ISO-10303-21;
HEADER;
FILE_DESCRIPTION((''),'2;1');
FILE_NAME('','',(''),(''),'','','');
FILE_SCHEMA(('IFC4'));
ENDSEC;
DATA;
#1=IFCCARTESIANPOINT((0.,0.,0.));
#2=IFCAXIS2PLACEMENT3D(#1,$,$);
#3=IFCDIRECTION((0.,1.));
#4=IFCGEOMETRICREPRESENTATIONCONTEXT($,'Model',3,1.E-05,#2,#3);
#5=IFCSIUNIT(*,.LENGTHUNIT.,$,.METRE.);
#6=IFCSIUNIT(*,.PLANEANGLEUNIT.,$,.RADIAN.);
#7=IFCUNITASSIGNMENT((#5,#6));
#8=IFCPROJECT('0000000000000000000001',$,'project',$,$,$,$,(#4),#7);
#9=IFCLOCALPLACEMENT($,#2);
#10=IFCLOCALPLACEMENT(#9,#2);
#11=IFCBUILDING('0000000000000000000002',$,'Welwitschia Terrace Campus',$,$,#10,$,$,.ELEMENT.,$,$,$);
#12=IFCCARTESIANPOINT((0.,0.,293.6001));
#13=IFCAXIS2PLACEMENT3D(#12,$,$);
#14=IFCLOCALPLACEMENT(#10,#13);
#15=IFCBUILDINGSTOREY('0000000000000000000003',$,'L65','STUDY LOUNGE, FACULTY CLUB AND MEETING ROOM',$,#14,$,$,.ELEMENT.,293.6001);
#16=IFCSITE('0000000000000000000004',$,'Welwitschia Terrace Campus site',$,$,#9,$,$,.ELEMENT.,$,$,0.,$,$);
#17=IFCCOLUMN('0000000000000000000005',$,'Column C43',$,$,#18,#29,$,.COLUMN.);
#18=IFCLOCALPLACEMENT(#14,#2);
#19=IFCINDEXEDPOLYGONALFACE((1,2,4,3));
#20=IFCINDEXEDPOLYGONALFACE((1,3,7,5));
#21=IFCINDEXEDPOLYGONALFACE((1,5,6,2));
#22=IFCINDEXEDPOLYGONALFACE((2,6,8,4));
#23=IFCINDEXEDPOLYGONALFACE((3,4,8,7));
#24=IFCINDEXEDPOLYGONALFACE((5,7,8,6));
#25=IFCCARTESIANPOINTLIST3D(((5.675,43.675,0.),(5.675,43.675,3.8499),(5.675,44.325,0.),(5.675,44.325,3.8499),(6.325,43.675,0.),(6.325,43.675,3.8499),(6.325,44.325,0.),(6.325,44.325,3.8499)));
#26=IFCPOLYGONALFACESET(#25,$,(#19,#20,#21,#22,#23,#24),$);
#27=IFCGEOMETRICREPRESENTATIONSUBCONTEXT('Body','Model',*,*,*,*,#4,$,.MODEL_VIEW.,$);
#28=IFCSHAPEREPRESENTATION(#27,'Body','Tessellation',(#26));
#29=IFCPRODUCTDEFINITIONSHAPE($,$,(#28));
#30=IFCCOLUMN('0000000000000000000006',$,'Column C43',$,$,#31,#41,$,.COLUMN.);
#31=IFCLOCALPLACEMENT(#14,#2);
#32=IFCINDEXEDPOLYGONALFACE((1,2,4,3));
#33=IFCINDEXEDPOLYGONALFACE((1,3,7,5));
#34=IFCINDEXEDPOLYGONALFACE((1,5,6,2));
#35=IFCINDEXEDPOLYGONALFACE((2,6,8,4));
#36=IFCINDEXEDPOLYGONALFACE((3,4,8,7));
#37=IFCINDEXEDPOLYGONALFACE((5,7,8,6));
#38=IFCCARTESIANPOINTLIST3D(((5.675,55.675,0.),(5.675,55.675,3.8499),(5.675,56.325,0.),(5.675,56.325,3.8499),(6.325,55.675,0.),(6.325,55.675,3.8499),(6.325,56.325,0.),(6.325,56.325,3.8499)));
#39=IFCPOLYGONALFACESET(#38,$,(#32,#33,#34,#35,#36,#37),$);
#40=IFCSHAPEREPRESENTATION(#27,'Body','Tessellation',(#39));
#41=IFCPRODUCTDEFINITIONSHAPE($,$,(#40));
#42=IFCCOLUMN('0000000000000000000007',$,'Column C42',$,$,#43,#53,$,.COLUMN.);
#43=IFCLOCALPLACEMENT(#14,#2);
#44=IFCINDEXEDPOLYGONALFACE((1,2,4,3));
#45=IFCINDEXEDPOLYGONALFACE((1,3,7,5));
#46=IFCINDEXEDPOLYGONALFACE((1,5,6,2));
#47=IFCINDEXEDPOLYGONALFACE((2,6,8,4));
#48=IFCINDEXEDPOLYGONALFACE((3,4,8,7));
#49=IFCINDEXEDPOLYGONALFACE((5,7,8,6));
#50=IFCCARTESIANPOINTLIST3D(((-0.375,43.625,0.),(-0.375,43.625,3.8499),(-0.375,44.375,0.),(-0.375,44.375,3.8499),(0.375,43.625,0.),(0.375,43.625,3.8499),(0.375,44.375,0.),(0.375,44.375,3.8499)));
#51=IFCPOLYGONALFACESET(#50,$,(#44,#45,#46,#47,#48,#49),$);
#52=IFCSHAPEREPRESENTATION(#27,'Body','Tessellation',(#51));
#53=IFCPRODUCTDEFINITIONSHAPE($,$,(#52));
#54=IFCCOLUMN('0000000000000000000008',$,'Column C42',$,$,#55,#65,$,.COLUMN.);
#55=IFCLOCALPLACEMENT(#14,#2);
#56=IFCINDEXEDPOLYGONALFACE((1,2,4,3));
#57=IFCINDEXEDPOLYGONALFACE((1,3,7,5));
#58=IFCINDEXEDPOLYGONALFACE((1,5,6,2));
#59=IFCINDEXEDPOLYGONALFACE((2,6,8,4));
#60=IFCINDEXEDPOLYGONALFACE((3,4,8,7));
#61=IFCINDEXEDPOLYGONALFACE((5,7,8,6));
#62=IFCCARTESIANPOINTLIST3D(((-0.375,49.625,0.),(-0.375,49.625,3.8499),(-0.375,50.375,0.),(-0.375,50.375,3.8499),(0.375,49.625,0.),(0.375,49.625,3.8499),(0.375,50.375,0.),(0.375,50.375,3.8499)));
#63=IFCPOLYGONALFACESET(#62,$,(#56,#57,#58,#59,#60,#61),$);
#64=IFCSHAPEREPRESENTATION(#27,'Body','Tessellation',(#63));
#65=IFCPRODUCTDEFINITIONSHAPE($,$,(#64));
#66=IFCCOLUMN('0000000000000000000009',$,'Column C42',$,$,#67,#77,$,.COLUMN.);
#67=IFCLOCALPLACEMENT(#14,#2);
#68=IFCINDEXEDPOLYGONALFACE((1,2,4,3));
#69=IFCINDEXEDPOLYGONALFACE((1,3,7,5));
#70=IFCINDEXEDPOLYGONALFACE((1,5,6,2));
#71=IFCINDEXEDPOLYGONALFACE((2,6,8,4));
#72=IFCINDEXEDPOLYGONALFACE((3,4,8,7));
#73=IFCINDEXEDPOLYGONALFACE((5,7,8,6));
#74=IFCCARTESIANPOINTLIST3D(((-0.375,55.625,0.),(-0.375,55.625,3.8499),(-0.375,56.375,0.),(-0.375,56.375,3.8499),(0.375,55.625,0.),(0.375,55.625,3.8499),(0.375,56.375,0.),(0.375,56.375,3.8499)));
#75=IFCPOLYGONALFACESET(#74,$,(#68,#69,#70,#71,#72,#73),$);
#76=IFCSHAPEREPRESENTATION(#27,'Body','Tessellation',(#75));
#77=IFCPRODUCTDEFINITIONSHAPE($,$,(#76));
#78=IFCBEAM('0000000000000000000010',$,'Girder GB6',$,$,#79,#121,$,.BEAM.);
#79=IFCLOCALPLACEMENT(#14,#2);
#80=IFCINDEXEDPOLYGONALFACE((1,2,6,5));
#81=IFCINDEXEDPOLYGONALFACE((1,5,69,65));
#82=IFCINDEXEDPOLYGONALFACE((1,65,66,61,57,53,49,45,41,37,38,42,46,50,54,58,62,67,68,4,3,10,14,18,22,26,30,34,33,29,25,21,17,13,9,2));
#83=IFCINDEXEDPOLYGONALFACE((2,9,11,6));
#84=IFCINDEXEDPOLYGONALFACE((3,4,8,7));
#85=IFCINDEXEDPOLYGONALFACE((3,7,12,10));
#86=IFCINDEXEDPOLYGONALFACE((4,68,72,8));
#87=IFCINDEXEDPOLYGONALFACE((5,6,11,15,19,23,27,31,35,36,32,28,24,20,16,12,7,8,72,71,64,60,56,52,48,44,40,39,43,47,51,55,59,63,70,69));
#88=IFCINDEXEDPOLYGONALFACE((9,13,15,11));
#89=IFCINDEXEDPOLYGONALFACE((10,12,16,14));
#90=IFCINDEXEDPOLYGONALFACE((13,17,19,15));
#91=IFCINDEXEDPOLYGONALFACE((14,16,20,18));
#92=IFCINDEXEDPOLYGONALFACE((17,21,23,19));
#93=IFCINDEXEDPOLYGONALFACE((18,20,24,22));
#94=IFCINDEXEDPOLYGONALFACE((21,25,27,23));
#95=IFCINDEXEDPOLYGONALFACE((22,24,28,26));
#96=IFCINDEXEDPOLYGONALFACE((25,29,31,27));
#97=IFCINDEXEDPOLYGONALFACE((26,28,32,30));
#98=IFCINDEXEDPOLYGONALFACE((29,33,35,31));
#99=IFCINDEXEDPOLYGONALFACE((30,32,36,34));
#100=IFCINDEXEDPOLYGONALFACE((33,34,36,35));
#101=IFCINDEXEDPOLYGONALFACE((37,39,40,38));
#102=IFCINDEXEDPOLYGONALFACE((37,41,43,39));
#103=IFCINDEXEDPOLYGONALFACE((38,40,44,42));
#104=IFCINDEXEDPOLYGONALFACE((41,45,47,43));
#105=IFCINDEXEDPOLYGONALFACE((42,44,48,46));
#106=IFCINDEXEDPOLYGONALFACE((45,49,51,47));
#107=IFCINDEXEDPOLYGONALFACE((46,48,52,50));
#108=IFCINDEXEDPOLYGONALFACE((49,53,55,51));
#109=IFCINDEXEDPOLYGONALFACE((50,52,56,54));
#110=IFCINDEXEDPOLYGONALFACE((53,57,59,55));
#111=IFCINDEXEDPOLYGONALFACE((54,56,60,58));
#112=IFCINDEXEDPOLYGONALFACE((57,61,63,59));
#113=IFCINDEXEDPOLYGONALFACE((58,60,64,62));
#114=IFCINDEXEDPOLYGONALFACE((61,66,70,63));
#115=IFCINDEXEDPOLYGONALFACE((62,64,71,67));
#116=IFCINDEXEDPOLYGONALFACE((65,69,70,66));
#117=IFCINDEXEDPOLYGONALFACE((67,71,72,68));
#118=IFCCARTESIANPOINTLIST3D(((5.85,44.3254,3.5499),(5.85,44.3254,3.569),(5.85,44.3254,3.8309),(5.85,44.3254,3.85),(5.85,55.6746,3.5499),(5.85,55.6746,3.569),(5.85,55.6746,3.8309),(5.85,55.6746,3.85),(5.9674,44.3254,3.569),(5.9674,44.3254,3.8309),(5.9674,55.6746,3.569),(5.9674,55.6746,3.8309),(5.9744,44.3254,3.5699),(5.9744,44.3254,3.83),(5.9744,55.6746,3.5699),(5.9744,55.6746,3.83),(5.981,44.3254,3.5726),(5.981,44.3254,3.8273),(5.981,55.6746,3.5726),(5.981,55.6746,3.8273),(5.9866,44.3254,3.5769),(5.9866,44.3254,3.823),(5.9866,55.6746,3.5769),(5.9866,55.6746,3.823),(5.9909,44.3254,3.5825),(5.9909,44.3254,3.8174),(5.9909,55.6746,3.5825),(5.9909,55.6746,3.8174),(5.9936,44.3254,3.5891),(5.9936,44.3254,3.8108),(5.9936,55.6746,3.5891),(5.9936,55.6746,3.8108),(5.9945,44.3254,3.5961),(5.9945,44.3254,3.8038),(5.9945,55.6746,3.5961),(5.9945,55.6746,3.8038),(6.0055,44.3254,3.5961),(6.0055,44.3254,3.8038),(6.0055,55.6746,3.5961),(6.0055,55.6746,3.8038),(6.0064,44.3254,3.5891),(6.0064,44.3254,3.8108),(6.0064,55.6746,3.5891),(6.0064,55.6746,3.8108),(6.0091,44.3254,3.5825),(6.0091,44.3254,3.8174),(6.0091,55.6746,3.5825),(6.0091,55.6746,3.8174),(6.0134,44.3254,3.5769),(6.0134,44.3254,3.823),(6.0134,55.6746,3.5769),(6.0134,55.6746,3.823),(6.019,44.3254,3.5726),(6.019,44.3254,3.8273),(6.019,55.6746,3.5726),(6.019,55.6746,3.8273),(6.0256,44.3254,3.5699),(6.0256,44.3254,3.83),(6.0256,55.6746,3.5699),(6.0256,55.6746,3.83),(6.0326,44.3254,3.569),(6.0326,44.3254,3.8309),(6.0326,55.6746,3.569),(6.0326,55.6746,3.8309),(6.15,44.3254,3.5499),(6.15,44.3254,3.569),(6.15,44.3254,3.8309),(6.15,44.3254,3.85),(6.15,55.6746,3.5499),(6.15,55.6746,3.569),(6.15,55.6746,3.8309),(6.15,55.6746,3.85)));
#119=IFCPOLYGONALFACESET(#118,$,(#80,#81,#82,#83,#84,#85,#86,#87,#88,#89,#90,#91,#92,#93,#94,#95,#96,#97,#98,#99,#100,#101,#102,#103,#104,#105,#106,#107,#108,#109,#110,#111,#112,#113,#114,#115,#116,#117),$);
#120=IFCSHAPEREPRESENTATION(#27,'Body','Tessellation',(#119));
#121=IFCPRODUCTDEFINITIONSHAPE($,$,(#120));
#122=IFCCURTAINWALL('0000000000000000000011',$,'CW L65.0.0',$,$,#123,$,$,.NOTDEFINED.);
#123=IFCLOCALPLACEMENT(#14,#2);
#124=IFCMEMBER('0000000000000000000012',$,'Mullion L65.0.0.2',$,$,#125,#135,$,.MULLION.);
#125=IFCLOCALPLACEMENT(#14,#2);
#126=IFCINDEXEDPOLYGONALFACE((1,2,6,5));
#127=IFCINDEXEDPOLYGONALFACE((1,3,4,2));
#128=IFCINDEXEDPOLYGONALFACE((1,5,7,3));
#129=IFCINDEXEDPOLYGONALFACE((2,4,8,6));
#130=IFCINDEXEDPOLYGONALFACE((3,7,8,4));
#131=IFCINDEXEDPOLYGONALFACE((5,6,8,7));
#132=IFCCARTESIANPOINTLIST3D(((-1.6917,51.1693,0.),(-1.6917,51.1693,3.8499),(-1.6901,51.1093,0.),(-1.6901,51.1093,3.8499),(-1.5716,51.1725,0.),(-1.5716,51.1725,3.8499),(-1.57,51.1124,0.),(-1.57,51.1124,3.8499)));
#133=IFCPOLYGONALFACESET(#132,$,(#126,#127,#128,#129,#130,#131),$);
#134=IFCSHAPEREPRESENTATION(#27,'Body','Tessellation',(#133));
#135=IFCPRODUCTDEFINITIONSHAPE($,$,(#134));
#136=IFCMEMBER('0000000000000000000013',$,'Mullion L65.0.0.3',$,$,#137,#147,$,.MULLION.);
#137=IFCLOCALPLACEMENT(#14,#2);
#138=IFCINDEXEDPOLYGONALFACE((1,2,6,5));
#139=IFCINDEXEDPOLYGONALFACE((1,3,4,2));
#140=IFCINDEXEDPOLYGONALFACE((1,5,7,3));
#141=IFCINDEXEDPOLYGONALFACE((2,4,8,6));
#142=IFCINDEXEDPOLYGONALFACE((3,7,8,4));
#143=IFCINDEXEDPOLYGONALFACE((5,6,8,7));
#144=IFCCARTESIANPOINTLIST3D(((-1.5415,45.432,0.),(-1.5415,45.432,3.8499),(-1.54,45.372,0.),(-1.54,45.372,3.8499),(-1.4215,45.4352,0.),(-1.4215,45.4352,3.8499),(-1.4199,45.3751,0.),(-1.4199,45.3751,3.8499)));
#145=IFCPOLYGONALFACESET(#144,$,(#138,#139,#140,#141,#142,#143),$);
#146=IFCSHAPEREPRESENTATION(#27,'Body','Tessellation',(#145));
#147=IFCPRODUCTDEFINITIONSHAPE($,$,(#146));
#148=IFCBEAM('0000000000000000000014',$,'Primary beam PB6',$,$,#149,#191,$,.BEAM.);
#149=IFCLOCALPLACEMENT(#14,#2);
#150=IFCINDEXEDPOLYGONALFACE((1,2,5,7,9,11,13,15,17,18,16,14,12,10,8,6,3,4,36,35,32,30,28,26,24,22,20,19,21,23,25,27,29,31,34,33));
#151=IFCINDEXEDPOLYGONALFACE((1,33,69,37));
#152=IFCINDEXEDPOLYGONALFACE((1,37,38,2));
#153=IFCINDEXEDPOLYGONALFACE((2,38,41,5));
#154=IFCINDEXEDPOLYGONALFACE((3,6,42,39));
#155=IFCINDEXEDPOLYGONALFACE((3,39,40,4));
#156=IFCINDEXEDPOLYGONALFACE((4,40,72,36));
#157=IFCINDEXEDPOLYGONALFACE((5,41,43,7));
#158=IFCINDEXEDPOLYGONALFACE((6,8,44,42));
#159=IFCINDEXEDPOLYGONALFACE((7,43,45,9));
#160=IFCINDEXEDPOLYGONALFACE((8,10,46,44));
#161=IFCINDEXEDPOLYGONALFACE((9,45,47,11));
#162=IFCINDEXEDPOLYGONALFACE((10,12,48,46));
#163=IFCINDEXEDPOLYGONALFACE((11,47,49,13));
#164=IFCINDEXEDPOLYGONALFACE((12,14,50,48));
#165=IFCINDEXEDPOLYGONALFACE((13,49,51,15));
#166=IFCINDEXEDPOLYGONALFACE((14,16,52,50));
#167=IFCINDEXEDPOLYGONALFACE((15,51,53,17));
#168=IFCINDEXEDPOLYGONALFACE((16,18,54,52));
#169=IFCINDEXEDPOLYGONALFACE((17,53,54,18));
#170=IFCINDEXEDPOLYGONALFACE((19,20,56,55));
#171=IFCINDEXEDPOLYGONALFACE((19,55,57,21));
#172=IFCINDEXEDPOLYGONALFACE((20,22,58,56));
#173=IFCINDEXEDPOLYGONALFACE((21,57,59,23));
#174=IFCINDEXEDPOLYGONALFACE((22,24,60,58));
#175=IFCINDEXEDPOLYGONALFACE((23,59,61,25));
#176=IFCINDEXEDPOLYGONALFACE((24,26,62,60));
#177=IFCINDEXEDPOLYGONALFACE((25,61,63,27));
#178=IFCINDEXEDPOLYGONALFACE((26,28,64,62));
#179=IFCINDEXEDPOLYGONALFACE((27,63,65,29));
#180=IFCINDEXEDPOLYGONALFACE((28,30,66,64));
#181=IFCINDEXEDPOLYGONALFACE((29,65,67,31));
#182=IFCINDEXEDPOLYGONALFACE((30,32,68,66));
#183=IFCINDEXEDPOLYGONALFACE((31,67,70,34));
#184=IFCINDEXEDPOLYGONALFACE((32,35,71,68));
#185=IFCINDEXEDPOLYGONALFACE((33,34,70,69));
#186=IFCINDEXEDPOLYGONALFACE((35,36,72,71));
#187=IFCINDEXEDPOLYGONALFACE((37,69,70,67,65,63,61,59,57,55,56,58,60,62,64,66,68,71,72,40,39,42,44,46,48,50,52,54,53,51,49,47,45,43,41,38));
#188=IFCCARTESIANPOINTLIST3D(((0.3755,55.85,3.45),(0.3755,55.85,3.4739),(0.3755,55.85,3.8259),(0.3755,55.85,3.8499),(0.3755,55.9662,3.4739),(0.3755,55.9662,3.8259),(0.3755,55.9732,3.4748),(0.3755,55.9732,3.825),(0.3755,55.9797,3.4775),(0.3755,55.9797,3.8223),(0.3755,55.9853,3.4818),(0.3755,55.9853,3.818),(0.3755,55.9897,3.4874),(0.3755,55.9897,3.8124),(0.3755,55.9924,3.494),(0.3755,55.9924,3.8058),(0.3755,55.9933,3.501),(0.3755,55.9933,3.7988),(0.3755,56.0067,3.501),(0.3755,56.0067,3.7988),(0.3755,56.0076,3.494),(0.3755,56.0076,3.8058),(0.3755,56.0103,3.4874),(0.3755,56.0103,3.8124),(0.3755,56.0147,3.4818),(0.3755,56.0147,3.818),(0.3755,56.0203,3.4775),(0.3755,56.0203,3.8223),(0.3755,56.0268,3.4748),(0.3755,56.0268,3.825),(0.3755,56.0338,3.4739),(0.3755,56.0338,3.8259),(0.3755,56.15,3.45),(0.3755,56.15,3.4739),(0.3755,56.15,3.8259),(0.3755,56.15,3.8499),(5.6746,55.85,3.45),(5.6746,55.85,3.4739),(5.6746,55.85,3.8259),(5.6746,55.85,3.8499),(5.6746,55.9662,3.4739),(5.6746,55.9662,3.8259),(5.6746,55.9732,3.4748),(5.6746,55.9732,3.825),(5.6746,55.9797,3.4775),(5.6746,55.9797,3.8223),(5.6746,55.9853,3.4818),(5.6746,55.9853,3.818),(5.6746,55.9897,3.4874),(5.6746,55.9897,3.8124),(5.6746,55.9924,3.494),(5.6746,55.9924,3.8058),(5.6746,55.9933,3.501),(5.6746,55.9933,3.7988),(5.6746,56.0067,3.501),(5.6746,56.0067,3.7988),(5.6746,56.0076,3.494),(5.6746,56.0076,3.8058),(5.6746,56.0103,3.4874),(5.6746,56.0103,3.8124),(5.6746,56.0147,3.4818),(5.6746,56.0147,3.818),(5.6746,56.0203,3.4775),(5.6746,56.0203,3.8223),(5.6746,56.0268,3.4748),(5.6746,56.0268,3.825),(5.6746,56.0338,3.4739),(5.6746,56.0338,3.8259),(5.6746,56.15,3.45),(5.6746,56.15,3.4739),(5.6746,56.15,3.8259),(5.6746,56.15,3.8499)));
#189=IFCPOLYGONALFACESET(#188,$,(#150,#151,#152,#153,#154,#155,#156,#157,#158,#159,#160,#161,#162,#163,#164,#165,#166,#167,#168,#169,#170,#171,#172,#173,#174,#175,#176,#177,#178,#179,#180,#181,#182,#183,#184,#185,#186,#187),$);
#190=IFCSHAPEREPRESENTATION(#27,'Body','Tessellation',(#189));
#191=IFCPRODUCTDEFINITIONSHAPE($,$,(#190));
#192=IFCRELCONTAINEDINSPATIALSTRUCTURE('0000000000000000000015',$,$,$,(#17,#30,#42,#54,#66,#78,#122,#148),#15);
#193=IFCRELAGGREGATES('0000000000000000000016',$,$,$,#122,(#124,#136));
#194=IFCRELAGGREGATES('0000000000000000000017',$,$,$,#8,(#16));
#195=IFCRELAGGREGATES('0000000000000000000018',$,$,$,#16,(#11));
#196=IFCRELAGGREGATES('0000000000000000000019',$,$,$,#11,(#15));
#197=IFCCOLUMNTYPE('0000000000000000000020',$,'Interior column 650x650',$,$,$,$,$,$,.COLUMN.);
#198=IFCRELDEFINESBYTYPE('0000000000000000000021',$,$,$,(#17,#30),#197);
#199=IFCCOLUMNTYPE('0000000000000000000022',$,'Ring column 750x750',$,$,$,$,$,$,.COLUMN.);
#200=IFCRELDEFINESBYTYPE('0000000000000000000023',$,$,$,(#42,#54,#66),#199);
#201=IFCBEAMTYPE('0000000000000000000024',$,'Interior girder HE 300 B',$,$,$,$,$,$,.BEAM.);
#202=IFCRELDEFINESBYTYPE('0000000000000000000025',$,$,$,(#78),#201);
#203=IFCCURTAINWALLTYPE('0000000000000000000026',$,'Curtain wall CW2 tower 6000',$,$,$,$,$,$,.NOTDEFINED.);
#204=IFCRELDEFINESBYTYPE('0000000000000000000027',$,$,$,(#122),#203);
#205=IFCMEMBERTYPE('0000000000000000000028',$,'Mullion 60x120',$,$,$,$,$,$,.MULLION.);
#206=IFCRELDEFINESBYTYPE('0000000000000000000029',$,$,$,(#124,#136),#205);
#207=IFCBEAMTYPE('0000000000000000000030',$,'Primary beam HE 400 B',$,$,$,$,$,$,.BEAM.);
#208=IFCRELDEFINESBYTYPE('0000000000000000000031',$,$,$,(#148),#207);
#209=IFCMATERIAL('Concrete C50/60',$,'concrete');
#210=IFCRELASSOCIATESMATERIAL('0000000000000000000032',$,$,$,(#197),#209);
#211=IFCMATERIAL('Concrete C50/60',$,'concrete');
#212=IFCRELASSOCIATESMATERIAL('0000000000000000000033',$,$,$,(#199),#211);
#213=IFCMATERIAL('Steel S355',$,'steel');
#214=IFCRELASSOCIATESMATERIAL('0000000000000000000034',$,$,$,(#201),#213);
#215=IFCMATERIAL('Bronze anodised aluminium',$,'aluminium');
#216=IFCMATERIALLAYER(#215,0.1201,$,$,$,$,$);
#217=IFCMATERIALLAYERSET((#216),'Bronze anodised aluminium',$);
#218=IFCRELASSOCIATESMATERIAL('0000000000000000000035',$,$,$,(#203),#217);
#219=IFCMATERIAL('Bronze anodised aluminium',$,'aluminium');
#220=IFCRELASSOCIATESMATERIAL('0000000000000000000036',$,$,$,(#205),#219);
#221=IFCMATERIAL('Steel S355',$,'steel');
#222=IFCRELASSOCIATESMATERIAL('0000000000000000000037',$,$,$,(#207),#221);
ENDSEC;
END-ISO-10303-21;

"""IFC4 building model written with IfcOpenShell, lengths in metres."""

from ifc_helpers import new_model, si_unit, direction, frame, origin, origin_2d, place, context, subcontext, project, spatial, rectangle, i_section, extrude, material, layer, layer_set, material_profile, profile_set, type_object, element, aggregate, save


model = new_model("IFC4")

# Units and contexts
model_context = context("Model", 3, precision=1e-05, world=origin(), true_north=direction((0.0, 1.0)))
body_context = subcontext(model_context, "Body", "Model", "MODEL_VIEW")
ifc_project = project(units=[si_unit("LENGTHUNIT", "METRE"), si_unit("PLANEANGLEUNIT", "RADIAN")], contexts=[model_context])

# Site, building, storey
site_placement = place(None, origin())
site = spatial("IfcSite", under=ifc_project, at=site_placement, Name="Welwitschia Terrace Campus site", CompositionType="ELEMENT", RefElevation=0.0)
building_placement = place(site_placement, origin())
building = spatial("IfcBuilding", under=site, at=building_placement, Name="Welwitschia Terrace Campus", CompositionType="ELEMENT")
storey_placement = place(building_placement, frame((0.0, 0.0, 293.6001)))
storey = spatial("IfcBuildingStorey", under=building, at=storey_placement, Name="L65", Description="STUDY LOUNGE, FACULTY CLUB AND MEETING ROOM", CompositionType="ELEMENT", Elevation=293.6001)

# Columns
ifc_material_1 = material(Name="Concrete C50/60", Category="concrete")
ifc_material_profile_1 = material_profile(ifc_material_1, rectangle(XDim=0.6499, YDim=0.6499, at=origin_2d()))
ifc_profile_set_1 = profile_set([ifc_material_profile_1], Name="Concrete C50/60")
column_type_1 = type_object("IfcColumnType", Name="Interior column 650x650", PredefinedType="COLUMN", material=ifc_profile_set_1)
for number, where, z_axis, x_axis, name in (
    (1, (6.0, 44.0, 0.0), (0.0, 0.0, 1.0), (1.0, 0.0, 0.0), "Column C43"),
    (2, (6.0, 56.0, 0.0), (0.0, 0.0, 1.0), (1.0, 0.0, 0.0), "Column C43"),
):
    element("IfcColumn", number, at=place(storey_placement, frame(where, z_axis=z_axis, x_axis=x_axis)), inside=storey, type_object=column_type_1, Name=name, PredefinedType="COLUMN", context=body_context, shape_type="SweptSolid", body=[
        extrude(rectangle(XDim=0.6499, YDim=0.6499, at=origin_2d()), origin(), (0.0, 0.0, 1.0), 3.8499),
    ])
ifc_material_2 = material(Name="Concrete C50/60", Category="concrete")
ifc_material_profile_2 = material_profile(ifc_material_2, rectangle(XDim=0.75, YDim=0.75, at=origin_2d()))
ifc_profile_set_2 = profile_set([ifc_material_profile_2], Name="Concrete C50/60")
column_type_2 = type_object("IfcColumnType", Name="Ring column 750x750", PredefinedType="COLUMN", material=ifc_profile_set_2)
for number, where, z_axis, x_axis, name in (
    (3, (0.0, 44.0, 0.0), (0.0, 0.0, 1.0), (1.0, 0.0, 0.0), "Column C42"),
    (4, (0.0, 50.0, 0.0), (0.0, 0.0, 1.0), (1.0, 0.0, 0.0), "Column C42"),
    (5, (0.0, 56.0, 0.0), (0.0, 0.0, 1.0), (1.0, 0.0, 0.0), "Column C42"),
):
    element("IfcColumn", number, at=place(storey_placement, frame(where, z_axis=z_axis, x_axis=x_axis)), inside=storey, type_object=column_type_2, Name=name, PredefinedType="COLUMN", context=body_context, shape_type="SweptSolid", body=[
        extrude(rectangle(XDim=0.75, YDim=0.75, at=origin_2d()), origin(), (0.0, 0.0, 1.0), 3.8499),
    ])

# Beam
ifc_material_3 = material(Name="Steel S355", Category="steel")
ifc_material_profile_3 = material_profile(ifc_material_3, i_section(OverallWidth=0.3, OverallDepth=0.3, WebThickness=0.011, FlangeThickness=0.019, FilletRadius=0.0271, at=origin_2d()))
ifc_profile_set_3 = profile_set([ifc_material_profile_3], Name="Steel S355")
beam_type_1 = type_object("IfcBeamType", Name="Interior girder HE 300 B", PredefinedType="BEAM", material=ifc_profile_set_3)
beam_placement = place(storey_placement, frame((6.0, 44.3254, 3.7), z_axis=(0.0, 1.0, 0.0), x_axis=(-1.0, 0.0, 0.0)))
element("IfcBeam", 6, at=beam_placement, inside=storey, type_object=beam_type_1, Name="Girder GB6", PredefinedType="BEAM", context=body_context, shape_type="SweptSolid", body=[
    extrude(i_section(OverallWidth=0.3, OverallDepth=0.3, WebThickness=0.011, FlangeThickness=0.019, FilletRadius=0.0271, at=origin_2d()), origin(), (0.0, 0.0, 1.0), 11.3491),
])

# Curtain wall, members
ifc_material_4 = material(Name="Bronze anodised aluminium", Category="aluminium")
ifc_layer_1 = layer(ifc_material_4, 0.1201)
ifc_layer_set_1 = layer_set([ifc_layer_1], Name="Bronze anodised aluminium")
curtain_wall_type = type_object("IfcCurtainWallType", Name="Curtain wall CW2 tower 6000", PredefinedType="NOTDEFINED", material=ifc_layer_set_1)
curtain_wall_placement = place(storey_placement, origin())
curtain_wall = element("IfcCurtainWall", 7, at=curtain_wall_placement, inside=storey, type_object=curtain_wall_type, Name="CW L65.0.0", PredefinedType="NOTDEFINED")
ifc_material_5 = material(Name="Bronze anodised aluminium", Category="aluminium")
ifc_material_profile_4 = material_profile(ifc_material_5, rectangle(XDim=0.1201, YDim=0.0601, at=origin_2d()))
ifc_profile_set_4 = profile_set([ifc_material_profile_4], Name="Bronze anodised aluminium")
member_type = type_object("IfcMemberType", Name="Mullion 60x120", PredefinedType="MULLION", material=ifc_profile_set_4)
member_1_placement = place(storey_placement, frame((-1.6309, 51.1409, 0.0), z_axis=(0.0, 0.0, 1.0), x_axis=(0.999657, 0.026177, 0.0)))
member_1 = element("IfcMember", 8, at=member_1_placement, type_object=member_type, Name="Mullion L65.0.0.2", PredefinedType="MULLION", context=body_context, shape_type="SweptSolid", body=[
    extrude(rectangle(XDim=0.1201, YDim=0.0601, at=origin_2d()), origin(), (0.0, 0.0, 1.0), 3.8499),
])
member_2_placement = place(storey_placement, frame((-1.4807, 45.4036, 0.0), z_axis=(0.0, 0.0, 1.0), x_axis=(0.999657, 0.026177, 0.0)))
member_2 = element("IfcMember", 9, at=member_2_placement, type_object=member_type, Name="Mullion L65.0.0.3", PredefinedType="MULLION", context=body_context, shape_type="SweptSolid", body=[
    extrude(rectangle(XDim=0.1201, YDim=0.0601, at=origin_2d()), origin(), (0.0, 0.0, 1.0), 3.8499),
])

# Beam
ifc_material_6 = material(Name="Steel S355", Category="steel")
ifc_material_profile_5 = material_profile(ifc_material_6, i_section(OverallWidth=0.3, OverallDepth=0.3999, WebThickness=0.0134, FlangeThickness=0.0239, FilletRadius=0.0271, at=origin_2d()))
ifc_profile_set_5 = profile_set([ifc_material_profile_5], Name="Steel S355")
beam_type_2 = type_object("IfcBeamType", Name="Primary beam HE 400 B", PredefinedType="BEAM", material=ifc_profile_set_5)
for number, where, z_axis, x_axis, name in (
    (10, (0.3755, 56.0, 3.6499), (1.0, 0.0, 0.0), (0.0, 1.0, 0.0), "Primary beam PB6"),
):
    element("IfcBeam", number, at=place(storey_placement, frame(where, z_axis=z_axis, x_axis=x_axis)), inside=storey, type_object=beam_type_2, Name=name, PredefinedType="BEAM", context=body_context, shape_type="SweptSolid", body=[
        extrude(i_section(OverallWidth=0.3, OverallDepth=0.3999, WebThickness=0.0134, FlangeThickness=0.0239, FilletRadius=0.0271, at=origin_2d()), origin(), (0.0, 0.0, 1.0), 5.2991),
    ])

aggregate(curtain_wall, [member_1, member_2])

save(model, "model.ifc")
